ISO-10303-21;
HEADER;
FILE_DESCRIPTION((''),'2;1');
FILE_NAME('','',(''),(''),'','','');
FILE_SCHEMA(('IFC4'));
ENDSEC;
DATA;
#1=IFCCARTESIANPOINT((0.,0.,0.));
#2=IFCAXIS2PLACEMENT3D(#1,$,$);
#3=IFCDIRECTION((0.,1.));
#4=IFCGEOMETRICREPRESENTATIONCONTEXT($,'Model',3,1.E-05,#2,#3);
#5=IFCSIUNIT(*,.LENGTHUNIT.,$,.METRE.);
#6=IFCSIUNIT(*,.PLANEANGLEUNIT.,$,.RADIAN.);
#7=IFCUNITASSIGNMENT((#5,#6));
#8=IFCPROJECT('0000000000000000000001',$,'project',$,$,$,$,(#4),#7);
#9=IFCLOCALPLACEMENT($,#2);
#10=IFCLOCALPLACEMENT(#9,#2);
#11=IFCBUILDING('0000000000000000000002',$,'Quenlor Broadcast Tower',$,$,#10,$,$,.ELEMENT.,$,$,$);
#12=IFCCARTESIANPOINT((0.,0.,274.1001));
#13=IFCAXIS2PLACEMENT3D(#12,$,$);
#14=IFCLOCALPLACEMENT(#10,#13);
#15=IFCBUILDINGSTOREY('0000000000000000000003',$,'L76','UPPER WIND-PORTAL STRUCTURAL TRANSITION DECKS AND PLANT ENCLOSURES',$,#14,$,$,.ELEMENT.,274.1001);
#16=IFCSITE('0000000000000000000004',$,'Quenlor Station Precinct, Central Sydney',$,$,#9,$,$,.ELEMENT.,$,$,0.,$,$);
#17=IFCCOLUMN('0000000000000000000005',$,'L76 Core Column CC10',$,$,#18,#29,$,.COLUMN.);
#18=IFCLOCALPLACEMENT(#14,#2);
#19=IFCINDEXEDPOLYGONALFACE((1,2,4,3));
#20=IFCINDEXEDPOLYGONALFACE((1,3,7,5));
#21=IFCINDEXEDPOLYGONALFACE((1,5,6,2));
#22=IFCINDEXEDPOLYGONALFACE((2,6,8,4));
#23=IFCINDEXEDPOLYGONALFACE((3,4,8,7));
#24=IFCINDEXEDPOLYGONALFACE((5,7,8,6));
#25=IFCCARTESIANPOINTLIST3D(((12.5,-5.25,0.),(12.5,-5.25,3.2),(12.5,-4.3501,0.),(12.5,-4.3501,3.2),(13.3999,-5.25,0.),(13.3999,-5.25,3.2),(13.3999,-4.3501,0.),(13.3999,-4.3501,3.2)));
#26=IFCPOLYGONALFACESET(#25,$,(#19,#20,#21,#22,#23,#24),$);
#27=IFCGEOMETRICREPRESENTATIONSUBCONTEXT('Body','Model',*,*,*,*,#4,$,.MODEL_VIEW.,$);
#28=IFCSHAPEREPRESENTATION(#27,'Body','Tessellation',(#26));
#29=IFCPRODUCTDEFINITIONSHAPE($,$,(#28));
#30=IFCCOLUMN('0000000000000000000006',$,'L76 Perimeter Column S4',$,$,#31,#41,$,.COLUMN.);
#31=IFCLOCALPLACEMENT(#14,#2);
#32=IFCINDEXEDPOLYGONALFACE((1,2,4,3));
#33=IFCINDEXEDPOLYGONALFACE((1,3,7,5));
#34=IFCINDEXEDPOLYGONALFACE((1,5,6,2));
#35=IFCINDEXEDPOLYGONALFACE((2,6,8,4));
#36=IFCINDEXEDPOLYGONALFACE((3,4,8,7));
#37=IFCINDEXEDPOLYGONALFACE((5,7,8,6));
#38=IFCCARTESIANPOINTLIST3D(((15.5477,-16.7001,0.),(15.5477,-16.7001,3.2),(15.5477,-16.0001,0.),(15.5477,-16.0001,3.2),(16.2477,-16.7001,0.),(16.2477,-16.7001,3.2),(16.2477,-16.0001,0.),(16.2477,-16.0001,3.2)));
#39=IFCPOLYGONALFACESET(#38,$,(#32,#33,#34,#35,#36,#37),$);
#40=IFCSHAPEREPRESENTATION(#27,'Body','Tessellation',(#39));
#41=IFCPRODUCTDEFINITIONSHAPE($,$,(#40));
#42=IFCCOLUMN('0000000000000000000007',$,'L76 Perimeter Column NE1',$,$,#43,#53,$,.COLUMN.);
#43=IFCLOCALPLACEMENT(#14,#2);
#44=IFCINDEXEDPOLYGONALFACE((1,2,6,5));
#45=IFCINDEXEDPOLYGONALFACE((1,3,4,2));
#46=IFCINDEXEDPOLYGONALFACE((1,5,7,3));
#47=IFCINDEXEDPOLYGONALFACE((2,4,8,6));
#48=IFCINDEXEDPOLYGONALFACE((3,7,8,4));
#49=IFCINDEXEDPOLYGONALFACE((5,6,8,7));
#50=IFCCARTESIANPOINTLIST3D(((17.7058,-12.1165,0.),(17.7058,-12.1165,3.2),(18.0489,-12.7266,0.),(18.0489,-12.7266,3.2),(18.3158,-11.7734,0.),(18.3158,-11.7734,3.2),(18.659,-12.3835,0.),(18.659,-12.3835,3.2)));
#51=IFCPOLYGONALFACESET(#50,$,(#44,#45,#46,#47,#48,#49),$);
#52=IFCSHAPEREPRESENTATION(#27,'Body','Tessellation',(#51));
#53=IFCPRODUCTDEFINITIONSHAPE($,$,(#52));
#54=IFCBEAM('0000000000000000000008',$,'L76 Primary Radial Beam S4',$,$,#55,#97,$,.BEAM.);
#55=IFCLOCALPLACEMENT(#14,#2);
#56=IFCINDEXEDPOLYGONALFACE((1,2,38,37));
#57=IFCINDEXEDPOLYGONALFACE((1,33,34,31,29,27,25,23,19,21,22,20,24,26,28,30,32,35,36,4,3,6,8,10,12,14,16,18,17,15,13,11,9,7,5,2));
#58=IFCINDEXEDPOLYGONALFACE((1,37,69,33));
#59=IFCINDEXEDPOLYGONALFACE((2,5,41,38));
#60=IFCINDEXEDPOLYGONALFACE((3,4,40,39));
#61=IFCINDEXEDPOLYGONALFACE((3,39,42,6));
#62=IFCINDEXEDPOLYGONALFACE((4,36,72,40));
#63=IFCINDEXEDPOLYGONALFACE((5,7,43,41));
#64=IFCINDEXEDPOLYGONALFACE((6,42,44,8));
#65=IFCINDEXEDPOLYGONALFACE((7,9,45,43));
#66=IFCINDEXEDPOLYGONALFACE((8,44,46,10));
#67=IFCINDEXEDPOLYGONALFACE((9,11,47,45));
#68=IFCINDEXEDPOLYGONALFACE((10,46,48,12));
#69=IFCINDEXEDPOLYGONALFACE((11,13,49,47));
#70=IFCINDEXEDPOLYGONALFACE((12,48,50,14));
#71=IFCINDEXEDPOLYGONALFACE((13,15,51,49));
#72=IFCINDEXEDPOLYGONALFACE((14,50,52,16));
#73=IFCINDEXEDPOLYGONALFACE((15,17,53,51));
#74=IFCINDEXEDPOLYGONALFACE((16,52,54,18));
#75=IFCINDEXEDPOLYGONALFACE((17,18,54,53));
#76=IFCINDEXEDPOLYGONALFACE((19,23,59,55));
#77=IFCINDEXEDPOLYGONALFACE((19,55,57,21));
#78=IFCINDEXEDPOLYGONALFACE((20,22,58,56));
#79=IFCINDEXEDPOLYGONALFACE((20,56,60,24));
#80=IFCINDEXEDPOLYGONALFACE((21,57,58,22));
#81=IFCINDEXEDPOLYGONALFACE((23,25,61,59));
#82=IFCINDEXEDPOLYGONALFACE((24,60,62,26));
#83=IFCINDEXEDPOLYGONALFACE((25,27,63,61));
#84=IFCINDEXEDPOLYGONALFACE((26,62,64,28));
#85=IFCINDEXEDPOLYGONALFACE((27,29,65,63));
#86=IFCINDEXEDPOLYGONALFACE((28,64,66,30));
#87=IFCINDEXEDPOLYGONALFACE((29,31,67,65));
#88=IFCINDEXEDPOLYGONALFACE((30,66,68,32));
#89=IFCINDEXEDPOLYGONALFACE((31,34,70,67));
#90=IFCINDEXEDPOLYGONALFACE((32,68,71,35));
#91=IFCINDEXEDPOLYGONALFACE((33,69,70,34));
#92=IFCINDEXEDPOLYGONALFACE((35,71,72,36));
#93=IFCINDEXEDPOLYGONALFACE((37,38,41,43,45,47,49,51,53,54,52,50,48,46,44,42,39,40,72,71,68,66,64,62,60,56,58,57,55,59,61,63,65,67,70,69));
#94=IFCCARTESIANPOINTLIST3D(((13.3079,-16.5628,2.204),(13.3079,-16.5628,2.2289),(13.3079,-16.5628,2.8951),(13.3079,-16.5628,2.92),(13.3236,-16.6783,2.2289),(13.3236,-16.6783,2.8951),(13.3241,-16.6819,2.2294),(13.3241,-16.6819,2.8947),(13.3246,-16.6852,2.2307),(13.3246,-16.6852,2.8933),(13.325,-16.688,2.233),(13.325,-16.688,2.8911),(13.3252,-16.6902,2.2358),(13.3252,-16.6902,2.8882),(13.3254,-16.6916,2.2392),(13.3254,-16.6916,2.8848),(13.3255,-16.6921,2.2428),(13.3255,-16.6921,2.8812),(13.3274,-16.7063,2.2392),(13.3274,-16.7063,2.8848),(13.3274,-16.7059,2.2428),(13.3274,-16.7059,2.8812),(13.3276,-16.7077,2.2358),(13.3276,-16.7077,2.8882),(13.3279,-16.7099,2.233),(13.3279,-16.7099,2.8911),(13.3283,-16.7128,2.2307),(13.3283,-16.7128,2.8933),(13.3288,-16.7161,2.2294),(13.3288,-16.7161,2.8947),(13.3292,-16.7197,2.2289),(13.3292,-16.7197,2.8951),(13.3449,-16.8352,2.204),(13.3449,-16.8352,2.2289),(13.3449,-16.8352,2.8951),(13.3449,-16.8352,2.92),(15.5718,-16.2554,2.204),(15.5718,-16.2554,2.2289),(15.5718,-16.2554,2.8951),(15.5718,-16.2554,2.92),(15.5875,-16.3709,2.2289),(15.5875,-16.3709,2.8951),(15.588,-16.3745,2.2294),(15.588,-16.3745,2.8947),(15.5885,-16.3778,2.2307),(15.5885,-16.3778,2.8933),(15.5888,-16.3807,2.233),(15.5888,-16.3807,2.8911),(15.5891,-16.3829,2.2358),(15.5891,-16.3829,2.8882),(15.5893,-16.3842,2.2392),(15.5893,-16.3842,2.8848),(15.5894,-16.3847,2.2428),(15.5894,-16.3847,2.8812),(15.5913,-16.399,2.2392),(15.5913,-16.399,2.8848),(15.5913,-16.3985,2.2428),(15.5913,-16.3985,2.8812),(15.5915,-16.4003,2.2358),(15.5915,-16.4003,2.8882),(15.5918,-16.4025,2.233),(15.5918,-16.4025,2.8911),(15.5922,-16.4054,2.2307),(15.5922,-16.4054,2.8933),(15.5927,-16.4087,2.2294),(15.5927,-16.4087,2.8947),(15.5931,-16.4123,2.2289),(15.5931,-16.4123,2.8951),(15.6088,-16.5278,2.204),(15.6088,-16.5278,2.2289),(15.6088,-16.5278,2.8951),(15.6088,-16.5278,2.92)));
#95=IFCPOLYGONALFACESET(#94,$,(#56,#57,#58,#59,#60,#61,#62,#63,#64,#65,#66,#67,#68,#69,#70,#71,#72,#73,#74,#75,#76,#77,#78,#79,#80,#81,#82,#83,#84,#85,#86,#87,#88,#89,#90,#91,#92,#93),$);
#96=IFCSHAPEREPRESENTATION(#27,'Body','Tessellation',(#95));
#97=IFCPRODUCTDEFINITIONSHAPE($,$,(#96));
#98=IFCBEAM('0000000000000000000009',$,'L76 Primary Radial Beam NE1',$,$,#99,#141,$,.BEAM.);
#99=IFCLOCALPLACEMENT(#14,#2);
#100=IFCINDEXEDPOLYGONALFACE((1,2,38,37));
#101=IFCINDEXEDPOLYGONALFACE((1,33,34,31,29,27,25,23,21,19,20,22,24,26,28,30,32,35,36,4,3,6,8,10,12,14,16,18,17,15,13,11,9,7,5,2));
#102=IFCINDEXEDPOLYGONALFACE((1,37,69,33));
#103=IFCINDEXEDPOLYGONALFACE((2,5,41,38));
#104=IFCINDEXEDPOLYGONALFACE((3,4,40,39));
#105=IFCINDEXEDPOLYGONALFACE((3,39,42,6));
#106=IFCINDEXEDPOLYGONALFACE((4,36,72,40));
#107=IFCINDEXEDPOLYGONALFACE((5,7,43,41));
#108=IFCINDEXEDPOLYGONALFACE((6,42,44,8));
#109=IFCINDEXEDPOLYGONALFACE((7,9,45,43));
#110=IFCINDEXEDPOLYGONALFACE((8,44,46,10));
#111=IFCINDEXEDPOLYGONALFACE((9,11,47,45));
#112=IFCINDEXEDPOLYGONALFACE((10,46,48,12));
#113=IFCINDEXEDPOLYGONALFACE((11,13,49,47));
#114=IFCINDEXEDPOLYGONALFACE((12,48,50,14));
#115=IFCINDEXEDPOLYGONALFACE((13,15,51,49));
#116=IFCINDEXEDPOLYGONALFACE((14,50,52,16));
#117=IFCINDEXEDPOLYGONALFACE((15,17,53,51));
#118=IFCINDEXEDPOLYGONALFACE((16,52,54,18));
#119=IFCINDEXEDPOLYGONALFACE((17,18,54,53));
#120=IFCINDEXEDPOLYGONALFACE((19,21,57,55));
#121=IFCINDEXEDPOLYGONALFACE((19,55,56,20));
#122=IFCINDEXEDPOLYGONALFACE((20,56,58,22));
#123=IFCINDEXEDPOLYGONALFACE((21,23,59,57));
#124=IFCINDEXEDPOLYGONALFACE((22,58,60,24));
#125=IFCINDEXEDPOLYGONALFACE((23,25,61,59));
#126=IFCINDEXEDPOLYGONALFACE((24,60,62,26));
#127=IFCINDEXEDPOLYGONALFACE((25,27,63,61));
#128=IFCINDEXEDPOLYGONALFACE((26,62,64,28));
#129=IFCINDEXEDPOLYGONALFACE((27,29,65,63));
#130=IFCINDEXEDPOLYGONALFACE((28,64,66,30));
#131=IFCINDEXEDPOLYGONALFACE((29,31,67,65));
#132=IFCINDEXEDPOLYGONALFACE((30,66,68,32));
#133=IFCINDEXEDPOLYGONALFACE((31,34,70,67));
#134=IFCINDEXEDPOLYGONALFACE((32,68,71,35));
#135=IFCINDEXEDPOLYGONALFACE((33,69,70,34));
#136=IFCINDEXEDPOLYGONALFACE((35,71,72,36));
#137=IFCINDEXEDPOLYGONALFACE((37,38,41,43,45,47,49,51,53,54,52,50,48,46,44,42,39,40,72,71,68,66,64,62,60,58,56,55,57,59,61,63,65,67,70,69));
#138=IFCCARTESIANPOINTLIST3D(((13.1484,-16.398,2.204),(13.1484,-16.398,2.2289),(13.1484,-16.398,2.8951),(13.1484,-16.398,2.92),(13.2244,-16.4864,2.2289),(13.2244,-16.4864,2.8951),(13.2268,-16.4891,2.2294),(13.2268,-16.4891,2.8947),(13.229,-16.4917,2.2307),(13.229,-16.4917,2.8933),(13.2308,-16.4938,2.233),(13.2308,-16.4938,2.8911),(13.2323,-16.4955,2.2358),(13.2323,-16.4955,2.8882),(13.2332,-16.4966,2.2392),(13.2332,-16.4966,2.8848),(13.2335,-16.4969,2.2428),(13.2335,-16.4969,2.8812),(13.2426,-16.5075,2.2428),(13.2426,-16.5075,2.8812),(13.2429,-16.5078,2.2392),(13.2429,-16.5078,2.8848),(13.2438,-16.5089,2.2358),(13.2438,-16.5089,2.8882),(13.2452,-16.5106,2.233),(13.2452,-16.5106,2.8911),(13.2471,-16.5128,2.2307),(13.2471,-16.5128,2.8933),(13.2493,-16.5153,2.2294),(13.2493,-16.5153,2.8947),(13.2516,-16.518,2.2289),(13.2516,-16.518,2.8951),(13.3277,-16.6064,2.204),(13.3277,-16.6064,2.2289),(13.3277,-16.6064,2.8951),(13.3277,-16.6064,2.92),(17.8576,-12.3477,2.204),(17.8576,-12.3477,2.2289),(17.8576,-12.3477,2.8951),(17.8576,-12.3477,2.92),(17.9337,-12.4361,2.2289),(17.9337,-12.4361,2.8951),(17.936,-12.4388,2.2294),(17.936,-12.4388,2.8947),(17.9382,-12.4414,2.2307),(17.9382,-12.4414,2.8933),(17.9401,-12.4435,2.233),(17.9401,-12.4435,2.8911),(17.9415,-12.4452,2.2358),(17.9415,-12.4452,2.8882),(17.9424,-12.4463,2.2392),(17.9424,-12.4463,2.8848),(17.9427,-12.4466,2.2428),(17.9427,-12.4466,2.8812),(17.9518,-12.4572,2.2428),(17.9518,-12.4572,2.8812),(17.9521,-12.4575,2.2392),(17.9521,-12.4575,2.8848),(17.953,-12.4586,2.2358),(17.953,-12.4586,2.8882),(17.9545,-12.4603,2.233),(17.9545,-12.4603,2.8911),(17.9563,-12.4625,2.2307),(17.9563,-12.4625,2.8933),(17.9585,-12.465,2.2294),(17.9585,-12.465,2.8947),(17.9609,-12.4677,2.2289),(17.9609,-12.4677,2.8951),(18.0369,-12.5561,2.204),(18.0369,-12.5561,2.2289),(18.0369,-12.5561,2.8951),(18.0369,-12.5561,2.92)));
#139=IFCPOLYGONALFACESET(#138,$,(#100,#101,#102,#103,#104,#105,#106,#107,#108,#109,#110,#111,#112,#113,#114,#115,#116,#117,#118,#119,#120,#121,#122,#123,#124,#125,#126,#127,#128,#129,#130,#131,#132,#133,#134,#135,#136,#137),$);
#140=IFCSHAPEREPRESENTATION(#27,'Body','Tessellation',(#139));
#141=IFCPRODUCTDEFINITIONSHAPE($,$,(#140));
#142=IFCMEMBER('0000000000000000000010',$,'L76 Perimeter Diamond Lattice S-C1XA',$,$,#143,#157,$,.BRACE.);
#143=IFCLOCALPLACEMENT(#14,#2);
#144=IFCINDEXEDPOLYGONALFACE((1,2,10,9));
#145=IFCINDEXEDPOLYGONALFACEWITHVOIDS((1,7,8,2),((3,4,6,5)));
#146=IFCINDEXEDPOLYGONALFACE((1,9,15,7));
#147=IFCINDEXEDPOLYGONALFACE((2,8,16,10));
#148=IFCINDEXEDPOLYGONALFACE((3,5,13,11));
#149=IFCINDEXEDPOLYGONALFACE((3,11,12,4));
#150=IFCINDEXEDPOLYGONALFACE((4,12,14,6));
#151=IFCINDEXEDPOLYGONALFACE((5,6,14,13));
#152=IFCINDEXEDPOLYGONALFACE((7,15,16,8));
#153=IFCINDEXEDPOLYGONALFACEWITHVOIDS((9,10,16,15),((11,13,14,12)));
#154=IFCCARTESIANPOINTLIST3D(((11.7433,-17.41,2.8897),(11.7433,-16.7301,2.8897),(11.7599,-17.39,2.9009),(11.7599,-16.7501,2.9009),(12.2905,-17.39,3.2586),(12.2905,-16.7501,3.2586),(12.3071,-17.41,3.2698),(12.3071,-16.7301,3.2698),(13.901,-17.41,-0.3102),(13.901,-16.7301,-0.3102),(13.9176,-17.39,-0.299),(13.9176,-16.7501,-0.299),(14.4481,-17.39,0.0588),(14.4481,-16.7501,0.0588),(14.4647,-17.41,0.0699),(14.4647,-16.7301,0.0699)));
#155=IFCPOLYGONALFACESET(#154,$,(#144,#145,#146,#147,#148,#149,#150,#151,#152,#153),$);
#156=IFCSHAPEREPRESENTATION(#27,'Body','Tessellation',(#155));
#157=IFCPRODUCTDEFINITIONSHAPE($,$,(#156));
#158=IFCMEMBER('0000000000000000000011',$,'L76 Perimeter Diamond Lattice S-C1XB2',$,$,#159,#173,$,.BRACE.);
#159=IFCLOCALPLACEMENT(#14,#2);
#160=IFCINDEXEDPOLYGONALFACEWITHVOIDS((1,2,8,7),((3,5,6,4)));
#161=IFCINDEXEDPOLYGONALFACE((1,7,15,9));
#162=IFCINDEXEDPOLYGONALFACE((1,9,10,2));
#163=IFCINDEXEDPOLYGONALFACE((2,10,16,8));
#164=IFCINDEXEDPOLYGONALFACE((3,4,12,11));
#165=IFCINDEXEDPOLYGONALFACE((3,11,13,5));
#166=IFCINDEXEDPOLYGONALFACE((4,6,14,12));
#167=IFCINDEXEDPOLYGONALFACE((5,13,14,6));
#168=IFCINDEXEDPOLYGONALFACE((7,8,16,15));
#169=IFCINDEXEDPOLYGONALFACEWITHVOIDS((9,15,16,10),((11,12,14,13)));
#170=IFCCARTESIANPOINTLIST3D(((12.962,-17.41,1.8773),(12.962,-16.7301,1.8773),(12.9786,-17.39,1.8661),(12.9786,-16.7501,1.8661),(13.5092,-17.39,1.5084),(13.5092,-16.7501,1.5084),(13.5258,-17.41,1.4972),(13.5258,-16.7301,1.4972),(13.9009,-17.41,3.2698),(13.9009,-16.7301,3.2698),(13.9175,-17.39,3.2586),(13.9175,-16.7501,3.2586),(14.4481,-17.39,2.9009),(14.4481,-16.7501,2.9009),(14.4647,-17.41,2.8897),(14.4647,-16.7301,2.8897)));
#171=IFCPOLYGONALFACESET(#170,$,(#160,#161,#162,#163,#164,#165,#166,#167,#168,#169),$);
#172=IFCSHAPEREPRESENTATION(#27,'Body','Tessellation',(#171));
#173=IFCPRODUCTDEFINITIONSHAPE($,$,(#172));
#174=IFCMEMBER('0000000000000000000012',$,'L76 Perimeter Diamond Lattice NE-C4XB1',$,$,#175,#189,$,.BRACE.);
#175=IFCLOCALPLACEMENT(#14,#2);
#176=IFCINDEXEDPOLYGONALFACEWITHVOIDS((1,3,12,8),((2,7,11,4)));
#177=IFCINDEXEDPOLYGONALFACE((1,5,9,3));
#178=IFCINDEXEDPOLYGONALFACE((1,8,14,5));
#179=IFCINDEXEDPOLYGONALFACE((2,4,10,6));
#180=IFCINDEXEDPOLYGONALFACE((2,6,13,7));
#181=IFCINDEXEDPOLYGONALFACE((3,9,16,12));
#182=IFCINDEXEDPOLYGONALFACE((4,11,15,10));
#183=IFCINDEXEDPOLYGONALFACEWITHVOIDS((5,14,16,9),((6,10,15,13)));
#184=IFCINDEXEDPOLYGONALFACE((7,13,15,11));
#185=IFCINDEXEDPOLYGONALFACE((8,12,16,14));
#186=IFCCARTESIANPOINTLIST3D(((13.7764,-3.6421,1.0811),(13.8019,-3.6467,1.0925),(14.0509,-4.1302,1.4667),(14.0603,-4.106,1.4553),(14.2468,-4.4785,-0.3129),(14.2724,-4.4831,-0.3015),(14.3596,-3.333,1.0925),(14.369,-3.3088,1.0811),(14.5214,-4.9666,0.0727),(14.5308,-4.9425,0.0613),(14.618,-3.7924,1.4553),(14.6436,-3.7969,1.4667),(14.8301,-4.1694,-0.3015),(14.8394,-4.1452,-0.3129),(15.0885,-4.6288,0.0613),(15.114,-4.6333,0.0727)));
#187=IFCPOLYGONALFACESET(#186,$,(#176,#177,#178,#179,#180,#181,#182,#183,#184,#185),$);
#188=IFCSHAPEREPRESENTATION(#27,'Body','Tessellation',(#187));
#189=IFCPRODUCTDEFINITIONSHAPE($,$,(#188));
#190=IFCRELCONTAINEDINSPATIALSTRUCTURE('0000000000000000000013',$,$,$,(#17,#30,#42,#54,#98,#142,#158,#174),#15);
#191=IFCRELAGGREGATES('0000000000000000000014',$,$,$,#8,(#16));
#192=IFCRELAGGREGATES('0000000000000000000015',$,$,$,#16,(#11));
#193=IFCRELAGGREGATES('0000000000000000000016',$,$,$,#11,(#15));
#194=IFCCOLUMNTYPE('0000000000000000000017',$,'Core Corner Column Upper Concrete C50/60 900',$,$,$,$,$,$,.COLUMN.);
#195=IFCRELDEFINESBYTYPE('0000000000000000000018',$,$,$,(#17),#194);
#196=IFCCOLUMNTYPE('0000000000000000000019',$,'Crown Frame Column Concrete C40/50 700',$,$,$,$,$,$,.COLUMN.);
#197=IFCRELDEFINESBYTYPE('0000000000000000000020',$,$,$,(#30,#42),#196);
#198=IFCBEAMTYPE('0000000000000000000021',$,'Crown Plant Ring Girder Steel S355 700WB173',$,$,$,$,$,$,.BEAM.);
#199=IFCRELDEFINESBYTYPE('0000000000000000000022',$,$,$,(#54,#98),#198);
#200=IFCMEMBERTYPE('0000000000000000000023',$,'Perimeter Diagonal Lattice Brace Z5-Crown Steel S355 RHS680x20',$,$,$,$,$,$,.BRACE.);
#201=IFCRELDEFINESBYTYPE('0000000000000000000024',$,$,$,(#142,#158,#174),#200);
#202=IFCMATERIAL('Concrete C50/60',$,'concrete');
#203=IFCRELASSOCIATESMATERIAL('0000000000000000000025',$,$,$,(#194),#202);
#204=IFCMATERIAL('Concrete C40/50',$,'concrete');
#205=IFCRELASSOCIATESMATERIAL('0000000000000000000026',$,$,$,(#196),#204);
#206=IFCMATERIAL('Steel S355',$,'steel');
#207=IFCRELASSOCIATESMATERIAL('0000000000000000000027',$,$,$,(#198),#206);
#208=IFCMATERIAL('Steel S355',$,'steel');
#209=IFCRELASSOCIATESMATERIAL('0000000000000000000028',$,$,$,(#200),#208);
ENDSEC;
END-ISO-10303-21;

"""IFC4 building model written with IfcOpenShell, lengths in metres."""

from ifc_helpers import new_model, si_unit, direction, frame, origin, origin_2d, place, context, subcontext, project, spatial, rectangle, hollow_rectangle, i_section, extrude, material, material_profile, profile_set, type_object, element, save


model = new_model("IFC4")

# Units and contexts
model_context = context("Model", 3, precision=1e-05, world=origin(), true_north=direction((0.0, 1.0)))
body_context = subcontext(model_context, "Body", "Model", "MODEL_VIEW")
ifc_project = project(units=[si_unit("LENGTHUNIT", "METRE"), si_unit("PLANEANGLEUNIT", "RADIAN")], contexts=[model_context])

# Site, building, storey
site_placement = place(None, origin())
site = spatial("IfcSite", under=ifc_project, at=site_placement, Name="Quenlor Station Precinct, Central Sydney", CompositionType="ELEMENT", RefElevation=0.0)
building_placement = place(site_placement, origin())
building = spatial("IfcBuilding", under=site, at=building_placement, Name="Quenlor Broadcast Tower", CompositionType="ELEMENT")
storey_placement = place(building_placement, frame((0.0, 0.0, 274.1001)))
storey = spatial("IfcBuildingStorey", under=building, at=storey_placement, Name="L76", Description="UPPER WIND-PORTAL STRUCTURAL TRANSITION DECKS AND PLANT ENCLOSURES", CompositionType="ELEMENT", Elevation=274.1001)

# Columns
ifc_material_1 = material(Name="Concrete C50/60", Category="concrete")
ifc_material_profile_1 = material_profile(ifc_material_1, rectangle(XDim=0.8999, YDim=0.8999, at=origin_2d()))
ifc_profile_set_1 = profile_set([ifc_material_profile_1], Name="Concrete C50/60 RC900x900")
column_type_1 = type_object("IfcColumnType", Name="Core Corner Column Upper Concrete C50/60 900", PredefinedType="COLUMN", material=ifc_profile_set_1)
column_placement = place(storey_placement, frame((12.95, -4.8, 0.0), z_axis=(0.0, 0.0, 1.0), x_axis=(1.0, 0.0, 0.0)))
element("IfcColumn", 1, at=column_placement, inside=storey, type_object=column_type_1, Name="L76 Core Column CC10", PredefinedType="COLUMN", context=body_context, shape_type="SweptSolid", body=[
    extrude(rectangle(XDim=0.8999, YDim=0.8999, at=origin_2d()), origin(), (0.0, 0.0, 1.0), 3.2),
])
ifc_material_2 = material(Name="Concrete C40/50", Category="concrete")
ifc_material_profile_2 = material_profile(ifc_material_2, rectangle(XDim=0.7, YDim=0.7, at=origin_2d()))
ifc_profile_set_2 = profile_set([ifc_material_profile_2], Name="Concrete C40/50 RC700x700")
column_type_2 = type_object("IfcColumnType", Name="Crown Frame Column Concrete C40/50 700", PredefinedType="COLUMN", material=ifc_profile_set_2)
for number, where, z_axis, x_axis, name in (
    (2, (15.8977, -16.3501, 0.0), (0.0, 0.0, 1.0), (0.0, 1.0, 0.0), "L76 Perimeter Column S4"),
    (3, (18.1824, -12.25, 0.0), (0.0, 0.0, 1.0), (0.871575, 0.490262, 0.0), "L76 Perimeter Column NE1"),
):
    element("IfcColumn", number, at=place(storey_placement, frame(where, z_axis=z_axis, x_axis=x_axis)), inside=storey, type_object=column_type_2, Name=name, PredefinedType="COLUMN", context=body_context, shape_type="SweptSolid", body=[
        extrude(rectangle(XDim=0.7, YDim=0.7, at=origin_2d()), origin(), (0.0, 0.0, 1.0), 3.2),
    ])

# Beams
ifc_material_3 = material(Name="Steel S355", Category="steel")
ifc_material_profile_3 = material_profile(ifc_material_3, i_section(OverallWidth=0.2749, OverallDepth=0.7161, WebThickness=0.0139, FlangeThickness=0.0249, FilletRadius=0.0139, at=origin_2d()))
ifc_profile_set_3 = profile_set([ifc_material_profile_3], Name="Steel S355 700WB173")
beam_type_1 = type_object("IfcBeamType", Name="Crown Plant Ring Girder Steel S355 700WB173", PredefinedType="BEAM", material=ifc_profile_set_3)
beam_1_placement = place(storey_placement, frame((15.5903, -16.3916, 2.562), z_axis=(-0.990909, -0.134536, 0.0), x_axis=(0.134536, -0.990909, 0.0)))
element("IfcBeam", 4, at=beam_1_placement, inside=storey, type_object=beam_type_1, Name="L76 Primary Radial Beam S4", PredefinedType="BEAM", context=body_context, shape_type="SweptSolid", body=[
    extrude(i_section(OverallWidth=0.2749, OverallDepth=0.7161, WebThickness=0.0139, FlangeThickness=0.0249, FilletRadius=0.0139, at=origin_2d()), origin(), (0.0, 0.0, 1.0), 2.2847),
])
beam_2_placement = place(storey_placement, frame((17.9473, -12.4519, 2.562), z_axis=(-0.758157, -0.652072, 0.0), x_axis=(0.652072, -0.758157, 0.0)))
element("IfcBeam", 5, at=beam_2_placement, inside=storey, type_object=beam_type_1, Name="L76 Primary Radial Beam NE1", PredefinedType="BEAM", context=body_context, shape_type="SweptSolid", body=[
    extrude(i_section(OverallWidth=0.2749, OverallDepth=0.7161, WebThickness=0.0139, FlangeThickness=0.0249, FilletRadius=0.0139, at=origin_2d()), origin(), (0.0, 0.0, 1.0), 6.2114),
])

# Members
ifc_material_4 = material(Name="Steel S355", Category="steel")
ifc_material_profile_4 = material_profile(ifc_material_4, hollow_rectangle(XDim=0.6799, YDim=0.6799, WallThickness=0.02, at=origin_2d()))
ifc_profile_set_4 = profile_set([ifc_material_profile_4], Name="Steel S355 RHS680x680x20")
member_type = type_object("IfcMemberType", Name="Perimeter Diagonal Lattice Brace Z5-Crown Steel S355 RHS680x20", PredefinedType="BRACE", material=ifc_profile_set_4)
member_1_placement = place(storey_placement, frame((14.1829, -17.0701, -0.1201), z_axis=(-0.559072, 0.0, 0.829119), x_axis=(0.0, -1.0, 0.0)))
element("IfcMember", 6, at=member_1_placement, inside=storey, type_object=member_type, Name="L76 Perimeter Diamond Lattice S-C1XA", PredefinedType="BRACE", context=body_context, shape_type="SweptSolid", body=[
    extrude(hollow_rectangle(XDim=0.6799, YDim=0.6799, WallThickness=0.02, at=origin_2d()), origin(), (0.0, 0.0, 1.0), 3.8594),
])
member_2_placement = place(storey_placement, frame((13.2439, -17.0701, 1.6873), z_axis=(0.559053, 0.0, 0.829132), x_axis=(0.0, 1.0, 0.0)))
element("IfcMember", 7, at=member_2_placement, inside=storey, type_object=member_type, Name="L76 Perimeter Diamond Lattice S-C1XB2", PredefinedType="BRACE", context=body_context, shape_type="SweptSolid", body=[
    extrude(hollow_rectangle(XDim=0.6799, YDim=0.6799, WallThickness=0.02, at=origin_2d()), origin(), (0.0, 0.0, 1.0), 1.6794),
])
member_3_placement = place(storey_placement, frame((14.6804, -4.5559, -0.1201), z_axis=(-0.27798, 0.494218, 0.823697), x_axis=(-0.871589, -0.490237, 0.0)))
element("IfcMember", 8, at=member_3_placement, inside=storey, type_object=member_type, Name="L76 Perimeter Diamond Lattice NE-C4XB1", PredefinedType="BRACE", context=body_context, shape_type="SweptSolid", body=[
    extrude(hollow_rectangle(XDim=0.6799, YDim=0.6799, WallThickness=0.02, at=origin_2d()), origin(), (0.0, 0.0, 1.0), 1.6924),
])

save(model, "model.ifc")
